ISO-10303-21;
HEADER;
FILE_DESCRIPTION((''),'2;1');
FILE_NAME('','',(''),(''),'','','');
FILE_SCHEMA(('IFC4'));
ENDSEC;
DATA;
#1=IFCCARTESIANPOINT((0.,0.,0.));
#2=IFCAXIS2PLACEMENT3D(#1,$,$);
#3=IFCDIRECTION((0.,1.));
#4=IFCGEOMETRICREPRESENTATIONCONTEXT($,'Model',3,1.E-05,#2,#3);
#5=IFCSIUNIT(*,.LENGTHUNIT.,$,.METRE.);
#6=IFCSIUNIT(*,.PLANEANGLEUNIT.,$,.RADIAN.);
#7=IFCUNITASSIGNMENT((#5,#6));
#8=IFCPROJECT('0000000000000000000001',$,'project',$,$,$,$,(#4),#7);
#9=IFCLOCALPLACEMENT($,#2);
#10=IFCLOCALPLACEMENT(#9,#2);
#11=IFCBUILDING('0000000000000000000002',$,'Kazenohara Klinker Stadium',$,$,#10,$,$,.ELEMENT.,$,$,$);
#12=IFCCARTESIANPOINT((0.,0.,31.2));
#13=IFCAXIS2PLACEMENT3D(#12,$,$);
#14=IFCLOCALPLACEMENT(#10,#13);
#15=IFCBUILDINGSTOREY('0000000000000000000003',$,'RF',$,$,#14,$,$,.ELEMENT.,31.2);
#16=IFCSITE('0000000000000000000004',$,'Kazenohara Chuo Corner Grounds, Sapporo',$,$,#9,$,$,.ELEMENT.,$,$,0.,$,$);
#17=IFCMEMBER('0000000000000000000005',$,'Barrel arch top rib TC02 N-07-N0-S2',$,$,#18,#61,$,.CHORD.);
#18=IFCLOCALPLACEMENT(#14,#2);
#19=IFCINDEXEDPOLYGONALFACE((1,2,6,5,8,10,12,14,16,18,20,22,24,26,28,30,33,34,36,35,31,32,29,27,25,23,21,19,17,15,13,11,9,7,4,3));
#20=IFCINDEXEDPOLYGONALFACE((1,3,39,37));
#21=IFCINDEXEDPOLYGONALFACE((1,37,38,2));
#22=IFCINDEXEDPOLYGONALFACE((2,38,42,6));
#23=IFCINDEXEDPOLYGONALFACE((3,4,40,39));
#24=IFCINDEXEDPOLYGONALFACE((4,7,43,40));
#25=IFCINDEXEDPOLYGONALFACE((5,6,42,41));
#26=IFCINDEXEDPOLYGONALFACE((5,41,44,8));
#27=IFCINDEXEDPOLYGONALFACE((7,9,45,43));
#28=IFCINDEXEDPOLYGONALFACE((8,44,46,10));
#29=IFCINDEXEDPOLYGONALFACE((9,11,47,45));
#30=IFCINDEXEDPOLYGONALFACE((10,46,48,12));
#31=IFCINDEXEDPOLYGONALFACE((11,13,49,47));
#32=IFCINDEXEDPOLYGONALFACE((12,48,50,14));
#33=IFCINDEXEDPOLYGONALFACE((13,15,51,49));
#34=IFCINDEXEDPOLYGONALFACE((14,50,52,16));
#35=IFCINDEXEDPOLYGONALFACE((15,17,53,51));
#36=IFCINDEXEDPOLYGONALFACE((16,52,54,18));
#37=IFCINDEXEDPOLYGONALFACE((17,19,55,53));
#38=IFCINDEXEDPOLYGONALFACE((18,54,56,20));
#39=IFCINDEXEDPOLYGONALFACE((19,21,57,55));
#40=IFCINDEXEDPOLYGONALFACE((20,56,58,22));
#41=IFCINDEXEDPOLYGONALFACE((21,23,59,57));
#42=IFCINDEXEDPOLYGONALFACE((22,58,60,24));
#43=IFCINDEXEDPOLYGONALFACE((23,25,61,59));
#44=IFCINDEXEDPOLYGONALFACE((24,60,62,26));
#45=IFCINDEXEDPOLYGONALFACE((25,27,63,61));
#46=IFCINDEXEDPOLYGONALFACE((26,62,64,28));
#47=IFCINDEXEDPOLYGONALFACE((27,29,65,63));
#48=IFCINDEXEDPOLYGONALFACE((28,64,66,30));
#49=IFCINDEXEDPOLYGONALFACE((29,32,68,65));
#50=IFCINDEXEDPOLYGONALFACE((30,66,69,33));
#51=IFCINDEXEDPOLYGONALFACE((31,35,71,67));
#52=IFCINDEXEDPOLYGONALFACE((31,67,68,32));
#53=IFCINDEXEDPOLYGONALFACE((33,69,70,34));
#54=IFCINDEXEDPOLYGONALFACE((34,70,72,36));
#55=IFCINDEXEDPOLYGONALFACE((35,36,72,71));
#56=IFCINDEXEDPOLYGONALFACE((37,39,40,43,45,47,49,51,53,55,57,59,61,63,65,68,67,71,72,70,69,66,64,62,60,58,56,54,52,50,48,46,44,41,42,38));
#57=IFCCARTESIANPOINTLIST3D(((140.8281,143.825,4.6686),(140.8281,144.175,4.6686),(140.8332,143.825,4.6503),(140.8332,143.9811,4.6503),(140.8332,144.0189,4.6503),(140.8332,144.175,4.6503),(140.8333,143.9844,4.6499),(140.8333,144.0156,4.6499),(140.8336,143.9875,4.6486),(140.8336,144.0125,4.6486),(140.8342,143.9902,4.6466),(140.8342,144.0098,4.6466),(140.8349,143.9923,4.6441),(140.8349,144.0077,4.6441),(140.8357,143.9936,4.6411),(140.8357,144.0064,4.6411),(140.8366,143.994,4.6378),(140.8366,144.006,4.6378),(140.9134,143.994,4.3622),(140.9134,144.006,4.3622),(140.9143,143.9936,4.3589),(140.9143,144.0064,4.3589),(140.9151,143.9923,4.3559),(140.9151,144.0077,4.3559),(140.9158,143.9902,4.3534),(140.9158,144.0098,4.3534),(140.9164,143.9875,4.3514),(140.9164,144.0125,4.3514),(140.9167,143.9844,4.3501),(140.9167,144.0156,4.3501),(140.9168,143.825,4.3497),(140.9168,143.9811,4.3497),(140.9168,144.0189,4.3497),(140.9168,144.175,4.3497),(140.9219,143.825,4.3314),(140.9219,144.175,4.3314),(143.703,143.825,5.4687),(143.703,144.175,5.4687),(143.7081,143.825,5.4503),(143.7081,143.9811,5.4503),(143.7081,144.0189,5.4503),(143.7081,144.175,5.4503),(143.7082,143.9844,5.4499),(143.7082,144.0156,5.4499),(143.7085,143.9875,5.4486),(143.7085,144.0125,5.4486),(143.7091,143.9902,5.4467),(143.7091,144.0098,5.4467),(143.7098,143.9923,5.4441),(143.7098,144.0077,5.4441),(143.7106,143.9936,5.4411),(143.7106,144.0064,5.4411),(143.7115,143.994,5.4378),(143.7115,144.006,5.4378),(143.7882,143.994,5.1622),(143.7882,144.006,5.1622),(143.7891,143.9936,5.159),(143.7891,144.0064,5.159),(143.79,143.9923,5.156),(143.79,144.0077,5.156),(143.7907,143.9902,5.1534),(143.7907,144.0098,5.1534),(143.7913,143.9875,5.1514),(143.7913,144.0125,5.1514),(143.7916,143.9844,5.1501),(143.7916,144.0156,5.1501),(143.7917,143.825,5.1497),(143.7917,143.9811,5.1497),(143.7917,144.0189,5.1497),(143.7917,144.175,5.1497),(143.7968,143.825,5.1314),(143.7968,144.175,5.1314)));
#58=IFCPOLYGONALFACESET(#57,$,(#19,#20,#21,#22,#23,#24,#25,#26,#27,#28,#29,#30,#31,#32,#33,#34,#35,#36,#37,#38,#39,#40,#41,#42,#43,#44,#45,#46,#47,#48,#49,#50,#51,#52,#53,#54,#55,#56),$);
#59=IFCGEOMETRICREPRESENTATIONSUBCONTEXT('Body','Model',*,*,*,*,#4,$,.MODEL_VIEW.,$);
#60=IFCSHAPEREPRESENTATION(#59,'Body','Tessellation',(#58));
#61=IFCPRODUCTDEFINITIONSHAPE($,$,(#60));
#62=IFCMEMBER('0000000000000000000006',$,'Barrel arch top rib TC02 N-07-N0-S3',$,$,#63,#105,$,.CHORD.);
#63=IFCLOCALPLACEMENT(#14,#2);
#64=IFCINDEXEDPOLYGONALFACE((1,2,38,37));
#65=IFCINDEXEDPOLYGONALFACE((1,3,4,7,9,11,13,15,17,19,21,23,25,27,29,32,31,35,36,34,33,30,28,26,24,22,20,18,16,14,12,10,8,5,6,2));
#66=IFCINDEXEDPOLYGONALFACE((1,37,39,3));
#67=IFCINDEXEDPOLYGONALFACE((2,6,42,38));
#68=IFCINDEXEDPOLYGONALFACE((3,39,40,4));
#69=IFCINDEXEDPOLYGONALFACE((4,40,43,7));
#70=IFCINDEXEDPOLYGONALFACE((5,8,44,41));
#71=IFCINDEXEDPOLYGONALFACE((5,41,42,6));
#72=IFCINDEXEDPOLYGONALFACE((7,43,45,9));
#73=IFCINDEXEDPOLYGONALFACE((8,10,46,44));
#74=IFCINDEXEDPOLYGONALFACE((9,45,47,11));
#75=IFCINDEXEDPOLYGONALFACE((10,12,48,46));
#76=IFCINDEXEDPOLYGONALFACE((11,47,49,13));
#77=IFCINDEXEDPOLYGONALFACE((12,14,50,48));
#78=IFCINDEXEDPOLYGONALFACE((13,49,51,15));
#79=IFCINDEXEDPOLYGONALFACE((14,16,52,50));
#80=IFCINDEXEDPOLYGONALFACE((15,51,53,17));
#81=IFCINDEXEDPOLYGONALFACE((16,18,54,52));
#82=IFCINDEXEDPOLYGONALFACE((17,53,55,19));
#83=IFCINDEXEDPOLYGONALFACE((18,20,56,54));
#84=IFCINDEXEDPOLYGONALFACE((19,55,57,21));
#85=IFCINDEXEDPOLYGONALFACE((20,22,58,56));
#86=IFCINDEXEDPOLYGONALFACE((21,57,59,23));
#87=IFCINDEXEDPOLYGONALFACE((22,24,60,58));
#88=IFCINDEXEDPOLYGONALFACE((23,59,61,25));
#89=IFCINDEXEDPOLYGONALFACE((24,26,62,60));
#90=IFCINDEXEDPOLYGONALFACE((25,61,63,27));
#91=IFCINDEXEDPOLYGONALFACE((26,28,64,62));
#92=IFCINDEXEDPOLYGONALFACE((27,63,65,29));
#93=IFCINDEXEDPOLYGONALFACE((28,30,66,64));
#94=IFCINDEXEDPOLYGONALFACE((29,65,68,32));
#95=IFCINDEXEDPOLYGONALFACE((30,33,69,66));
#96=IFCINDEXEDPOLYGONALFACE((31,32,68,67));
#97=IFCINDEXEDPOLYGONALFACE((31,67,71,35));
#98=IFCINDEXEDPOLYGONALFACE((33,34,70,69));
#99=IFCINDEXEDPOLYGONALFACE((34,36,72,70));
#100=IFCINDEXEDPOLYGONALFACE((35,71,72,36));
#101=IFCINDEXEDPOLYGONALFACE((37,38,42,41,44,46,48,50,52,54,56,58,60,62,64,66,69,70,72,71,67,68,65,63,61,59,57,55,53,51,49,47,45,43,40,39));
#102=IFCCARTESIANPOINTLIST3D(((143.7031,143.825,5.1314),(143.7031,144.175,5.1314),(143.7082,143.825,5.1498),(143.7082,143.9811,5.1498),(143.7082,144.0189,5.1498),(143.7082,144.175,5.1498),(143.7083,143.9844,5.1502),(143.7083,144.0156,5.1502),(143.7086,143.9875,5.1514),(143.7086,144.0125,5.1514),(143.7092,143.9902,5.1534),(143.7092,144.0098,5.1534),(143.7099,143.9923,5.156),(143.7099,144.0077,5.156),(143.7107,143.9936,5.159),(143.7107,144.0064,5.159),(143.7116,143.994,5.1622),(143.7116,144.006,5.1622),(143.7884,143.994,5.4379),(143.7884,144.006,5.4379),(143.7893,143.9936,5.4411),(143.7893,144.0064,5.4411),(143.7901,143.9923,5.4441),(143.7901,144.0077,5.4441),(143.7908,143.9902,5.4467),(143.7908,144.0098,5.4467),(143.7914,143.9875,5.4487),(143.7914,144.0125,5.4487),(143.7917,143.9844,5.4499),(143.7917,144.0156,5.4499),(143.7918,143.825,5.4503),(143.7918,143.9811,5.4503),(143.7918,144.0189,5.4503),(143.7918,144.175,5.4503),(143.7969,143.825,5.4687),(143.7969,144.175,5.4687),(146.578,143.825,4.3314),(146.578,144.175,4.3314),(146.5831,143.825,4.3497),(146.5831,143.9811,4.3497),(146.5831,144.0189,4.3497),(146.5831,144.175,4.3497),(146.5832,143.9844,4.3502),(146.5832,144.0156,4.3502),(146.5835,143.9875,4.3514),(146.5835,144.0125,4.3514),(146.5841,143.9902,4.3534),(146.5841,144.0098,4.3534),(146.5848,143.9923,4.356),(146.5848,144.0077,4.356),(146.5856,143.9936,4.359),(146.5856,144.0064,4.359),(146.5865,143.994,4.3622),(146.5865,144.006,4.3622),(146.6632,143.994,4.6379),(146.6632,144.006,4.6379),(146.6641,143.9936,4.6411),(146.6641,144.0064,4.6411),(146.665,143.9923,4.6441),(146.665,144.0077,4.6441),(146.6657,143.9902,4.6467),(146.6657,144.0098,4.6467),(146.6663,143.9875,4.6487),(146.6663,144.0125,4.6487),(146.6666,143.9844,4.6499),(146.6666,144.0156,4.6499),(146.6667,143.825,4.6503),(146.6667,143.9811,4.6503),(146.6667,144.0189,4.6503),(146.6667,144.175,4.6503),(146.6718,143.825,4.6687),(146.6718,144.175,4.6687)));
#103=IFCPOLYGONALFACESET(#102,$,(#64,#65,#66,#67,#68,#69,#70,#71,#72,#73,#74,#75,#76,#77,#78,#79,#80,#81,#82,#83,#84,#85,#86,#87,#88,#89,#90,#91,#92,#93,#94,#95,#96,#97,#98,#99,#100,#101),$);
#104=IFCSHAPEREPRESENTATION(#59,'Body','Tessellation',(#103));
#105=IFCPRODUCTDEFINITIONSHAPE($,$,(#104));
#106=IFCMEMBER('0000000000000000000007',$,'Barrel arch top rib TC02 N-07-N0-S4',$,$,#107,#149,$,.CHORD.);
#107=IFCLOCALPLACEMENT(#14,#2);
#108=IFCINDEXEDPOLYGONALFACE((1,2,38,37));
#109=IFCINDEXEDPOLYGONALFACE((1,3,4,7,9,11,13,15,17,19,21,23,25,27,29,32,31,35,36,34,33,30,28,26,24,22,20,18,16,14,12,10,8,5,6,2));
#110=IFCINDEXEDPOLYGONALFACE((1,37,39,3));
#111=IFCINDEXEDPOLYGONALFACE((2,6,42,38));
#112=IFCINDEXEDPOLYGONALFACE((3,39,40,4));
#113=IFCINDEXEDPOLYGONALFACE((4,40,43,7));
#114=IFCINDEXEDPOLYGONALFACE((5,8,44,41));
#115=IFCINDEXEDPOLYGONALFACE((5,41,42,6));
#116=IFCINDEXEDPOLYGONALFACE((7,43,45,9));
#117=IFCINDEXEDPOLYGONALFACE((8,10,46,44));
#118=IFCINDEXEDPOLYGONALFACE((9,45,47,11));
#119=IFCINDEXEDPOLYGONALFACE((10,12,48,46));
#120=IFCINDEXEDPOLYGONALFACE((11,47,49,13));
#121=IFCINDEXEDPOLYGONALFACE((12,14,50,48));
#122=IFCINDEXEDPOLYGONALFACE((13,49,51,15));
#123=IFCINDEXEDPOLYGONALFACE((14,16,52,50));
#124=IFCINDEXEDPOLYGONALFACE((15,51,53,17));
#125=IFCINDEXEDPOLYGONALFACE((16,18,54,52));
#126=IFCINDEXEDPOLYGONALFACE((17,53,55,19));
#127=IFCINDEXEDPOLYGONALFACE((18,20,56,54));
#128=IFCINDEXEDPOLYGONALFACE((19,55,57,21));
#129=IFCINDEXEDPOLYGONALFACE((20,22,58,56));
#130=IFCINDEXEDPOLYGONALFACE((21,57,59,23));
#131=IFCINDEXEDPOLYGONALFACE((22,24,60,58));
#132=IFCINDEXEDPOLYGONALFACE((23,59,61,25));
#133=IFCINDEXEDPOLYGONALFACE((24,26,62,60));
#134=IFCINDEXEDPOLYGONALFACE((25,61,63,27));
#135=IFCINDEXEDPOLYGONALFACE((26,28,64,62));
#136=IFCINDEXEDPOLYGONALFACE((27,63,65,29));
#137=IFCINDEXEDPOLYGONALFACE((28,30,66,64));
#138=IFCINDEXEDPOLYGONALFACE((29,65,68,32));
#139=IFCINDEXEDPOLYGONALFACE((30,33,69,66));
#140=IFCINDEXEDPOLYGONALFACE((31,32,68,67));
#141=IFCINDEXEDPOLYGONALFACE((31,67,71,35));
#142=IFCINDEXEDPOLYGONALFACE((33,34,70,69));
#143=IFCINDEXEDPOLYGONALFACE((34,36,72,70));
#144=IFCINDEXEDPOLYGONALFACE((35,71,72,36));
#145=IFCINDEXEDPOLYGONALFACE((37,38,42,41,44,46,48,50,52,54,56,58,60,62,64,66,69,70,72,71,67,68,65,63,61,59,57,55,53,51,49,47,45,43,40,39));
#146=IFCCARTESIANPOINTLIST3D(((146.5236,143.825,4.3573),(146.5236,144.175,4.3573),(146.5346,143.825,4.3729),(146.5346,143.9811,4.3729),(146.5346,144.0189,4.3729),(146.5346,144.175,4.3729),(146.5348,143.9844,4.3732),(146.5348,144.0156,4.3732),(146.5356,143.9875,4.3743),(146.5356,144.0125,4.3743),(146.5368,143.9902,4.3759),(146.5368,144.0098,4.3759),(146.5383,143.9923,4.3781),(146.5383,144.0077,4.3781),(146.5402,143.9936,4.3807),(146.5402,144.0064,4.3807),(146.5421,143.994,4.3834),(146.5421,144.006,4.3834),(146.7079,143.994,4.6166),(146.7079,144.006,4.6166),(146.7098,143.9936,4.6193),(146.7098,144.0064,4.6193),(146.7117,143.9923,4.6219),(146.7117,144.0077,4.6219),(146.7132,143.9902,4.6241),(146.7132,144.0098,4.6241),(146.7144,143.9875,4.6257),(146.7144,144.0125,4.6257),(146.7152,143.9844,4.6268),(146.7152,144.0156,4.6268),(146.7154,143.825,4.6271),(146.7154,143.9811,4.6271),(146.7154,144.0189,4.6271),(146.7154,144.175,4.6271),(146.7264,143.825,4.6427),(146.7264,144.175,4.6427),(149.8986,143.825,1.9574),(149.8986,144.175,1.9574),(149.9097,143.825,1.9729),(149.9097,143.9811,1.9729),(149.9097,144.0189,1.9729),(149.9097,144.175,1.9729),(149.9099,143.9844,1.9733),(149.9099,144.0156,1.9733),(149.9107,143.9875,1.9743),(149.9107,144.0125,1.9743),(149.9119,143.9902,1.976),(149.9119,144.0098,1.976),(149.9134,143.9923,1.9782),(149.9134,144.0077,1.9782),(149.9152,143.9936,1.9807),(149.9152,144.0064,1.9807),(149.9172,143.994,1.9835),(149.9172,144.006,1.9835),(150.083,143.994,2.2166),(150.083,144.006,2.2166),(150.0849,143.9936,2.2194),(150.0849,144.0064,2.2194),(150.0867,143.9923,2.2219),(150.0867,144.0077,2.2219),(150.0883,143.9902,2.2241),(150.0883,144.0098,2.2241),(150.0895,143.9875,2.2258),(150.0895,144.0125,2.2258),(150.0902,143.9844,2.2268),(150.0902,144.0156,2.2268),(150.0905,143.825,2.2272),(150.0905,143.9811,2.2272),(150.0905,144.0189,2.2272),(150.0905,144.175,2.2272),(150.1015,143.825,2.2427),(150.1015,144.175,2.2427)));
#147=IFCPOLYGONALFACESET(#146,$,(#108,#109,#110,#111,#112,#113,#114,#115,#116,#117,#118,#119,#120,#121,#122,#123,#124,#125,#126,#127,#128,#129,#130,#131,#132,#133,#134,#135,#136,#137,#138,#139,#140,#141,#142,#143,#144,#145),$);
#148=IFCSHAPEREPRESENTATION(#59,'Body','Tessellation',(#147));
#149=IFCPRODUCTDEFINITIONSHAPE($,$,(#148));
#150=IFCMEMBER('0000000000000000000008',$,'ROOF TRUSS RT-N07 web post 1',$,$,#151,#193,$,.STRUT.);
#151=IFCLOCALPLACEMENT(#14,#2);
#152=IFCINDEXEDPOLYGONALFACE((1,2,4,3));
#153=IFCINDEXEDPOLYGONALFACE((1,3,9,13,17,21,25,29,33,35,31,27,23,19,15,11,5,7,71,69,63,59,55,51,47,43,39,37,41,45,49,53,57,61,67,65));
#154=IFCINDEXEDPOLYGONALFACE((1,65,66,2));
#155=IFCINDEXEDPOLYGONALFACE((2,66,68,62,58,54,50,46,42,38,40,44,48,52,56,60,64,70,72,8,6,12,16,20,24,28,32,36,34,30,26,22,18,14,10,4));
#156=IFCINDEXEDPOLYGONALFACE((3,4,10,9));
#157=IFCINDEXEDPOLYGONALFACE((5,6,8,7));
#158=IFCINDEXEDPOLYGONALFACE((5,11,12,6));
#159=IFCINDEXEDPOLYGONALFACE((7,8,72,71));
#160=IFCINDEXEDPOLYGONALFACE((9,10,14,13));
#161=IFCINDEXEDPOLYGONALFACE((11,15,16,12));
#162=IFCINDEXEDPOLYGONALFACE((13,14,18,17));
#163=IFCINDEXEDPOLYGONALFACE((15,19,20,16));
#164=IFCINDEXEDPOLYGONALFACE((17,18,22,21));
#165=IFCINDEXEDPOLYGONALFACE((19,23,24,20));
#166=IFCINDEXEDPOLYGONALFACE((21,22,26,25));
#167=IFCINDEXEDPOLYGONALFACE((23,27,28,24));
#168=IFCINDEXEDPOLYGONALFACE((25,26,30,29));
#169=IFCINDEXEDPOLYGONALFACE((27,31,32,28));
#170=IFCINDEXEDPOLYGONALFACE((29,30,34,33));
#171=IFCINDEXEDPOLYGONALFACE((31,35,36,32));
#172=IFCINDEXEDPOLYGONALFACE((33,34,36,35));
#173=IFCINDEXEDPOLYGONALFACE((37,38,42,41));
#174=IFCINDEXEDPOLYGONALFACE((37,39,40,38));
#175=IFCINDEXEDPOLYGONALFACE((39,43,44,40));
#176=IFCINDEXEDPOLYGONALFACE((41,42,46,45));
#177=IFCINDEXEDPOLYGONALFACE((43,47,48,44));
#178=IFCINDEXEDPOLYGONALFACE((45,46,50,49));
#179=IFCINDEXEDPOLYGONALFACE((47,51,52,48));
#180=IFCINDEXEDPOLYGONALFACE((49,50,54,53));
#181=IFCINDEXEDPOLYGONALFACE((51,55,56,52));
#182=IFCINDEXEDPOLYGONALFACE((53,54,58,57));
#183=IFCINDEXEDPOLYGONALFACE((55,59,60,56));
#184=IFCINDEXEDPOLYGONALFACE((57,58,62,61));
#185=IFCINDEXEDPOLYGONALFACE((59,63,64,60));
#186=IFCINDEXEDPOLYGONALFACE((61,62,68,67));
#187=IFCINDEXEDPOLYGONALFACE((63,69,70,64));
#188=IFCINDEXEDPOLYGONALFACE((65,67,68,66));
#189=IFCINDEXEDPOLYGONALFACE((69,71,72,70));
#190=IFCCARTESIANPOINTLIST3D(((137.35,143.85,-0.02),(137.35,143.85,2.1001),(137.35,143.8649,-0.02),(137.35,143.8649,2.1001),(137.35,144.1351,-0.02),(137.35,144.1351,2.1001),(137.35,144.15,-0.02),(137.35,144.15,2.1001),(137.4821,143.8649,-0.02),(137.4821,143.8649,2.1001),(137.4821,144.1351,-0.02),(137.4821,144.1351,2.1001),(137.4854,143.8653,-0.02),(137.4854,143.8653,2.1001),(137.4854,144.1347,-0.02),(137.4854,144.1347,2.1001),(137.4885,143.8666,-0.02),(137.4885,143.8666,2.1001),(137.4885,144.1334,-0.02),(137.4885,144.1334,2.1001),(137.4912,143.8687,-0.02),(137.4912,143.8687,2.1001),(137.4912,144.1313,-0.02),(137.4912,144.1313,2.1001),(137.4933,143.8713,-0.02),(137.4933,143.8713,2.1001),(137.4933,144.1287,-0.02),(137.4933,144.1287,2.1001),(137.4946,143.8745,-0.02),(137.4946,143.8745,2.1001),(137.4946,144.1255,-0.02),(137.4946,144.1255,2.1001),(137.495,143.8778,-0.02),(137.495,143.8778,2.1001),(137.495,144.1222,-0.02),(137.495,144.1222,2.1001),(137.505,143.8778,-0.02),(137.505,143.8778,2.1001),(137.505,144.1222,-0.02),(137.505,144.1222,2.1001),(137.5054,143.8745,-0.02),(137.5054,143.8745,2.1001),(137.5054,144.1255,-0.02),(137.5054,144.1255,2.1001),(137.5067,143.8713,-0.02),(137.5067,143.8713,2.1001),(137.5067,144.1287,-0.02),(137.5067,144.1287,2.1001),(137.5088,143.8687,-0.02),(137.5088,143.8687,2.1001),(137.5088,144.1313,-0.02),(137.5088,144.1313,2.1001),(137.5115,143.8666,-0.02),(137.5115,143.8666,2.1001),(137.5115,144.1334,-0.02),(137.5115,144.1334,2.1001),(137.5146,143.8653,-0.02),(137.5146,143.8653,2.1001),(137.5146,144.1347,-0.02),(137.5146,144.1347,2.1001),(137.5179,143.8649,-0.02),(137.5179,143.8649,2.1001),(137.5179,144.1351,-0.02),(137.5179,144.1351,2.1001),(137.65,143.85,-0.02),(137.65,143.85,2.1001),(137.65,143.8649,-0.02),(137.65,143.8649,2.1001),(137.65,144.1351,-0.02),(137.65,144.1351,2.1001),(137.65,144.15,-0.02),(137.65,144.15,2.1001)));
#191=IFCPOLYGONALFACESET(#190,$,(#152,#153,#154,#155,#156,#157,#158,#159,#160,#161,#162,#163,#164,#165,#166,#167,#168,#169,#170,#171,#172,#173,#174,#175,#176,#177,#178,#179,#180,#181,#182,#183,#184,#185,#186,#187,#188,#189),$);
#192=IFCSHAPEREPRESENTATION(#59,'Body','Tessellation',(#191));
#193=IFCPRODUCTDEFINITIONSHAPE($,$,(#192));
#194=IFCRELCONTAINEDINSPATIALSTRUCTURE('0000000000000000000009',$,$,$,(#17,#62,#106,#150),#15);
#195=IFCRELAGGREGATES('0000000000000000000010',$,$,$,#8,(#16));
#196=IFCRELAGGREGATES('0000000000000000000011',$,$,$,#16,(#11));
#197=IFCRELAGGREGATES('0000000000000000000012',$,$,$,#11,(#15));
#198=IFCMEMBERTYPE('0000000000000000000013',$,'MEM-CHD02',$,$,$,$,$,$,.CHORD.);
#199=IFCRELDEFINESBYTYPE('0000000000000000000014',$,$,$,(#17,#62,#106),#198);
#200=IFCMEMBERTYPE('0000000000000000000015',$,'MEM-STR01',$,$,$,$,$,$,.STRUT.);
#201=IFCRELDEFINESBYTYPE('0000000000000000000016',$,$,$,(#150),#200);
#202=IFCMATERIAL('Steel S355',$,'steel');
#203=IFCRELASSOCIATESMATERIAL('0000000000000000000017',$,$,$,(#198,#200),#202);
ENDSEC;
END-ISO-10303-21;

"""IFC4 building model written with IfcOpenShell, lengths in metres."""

from ifc_helpers import new_model, si_unit, direction, frame, origin, origin_2d, place, context, subcontext, project, spatial, i_section, extrude, material, material_profile, profile_set, type_object, element, save


model = new_model("IFC4")

# Units and contexts
model_context = context("Model", 3, precision=1e-05, world=origin(), true_north=direction((0.0, 1.0)))
body_context = subcontext(model_context, "Body", "Model", "MODEL_VIEW")
ifc_project = project(units=[si_unit("LENGTHUNIT", "METRE"), si_unit("PLANEANGLEUNIT", "RADIAN")], contexts=[model_context])

# Site, building, storey
site_placement = place(None, origin())
site = spatial("IfcSite", under=ifc_project, at=site_placement, Name="Kazenohara Chuo Corner Grounds, Sapporo", CompositionType="ELEMENT", RefElevation=0.0)
building_placement = place(site_placement, origin())
building = spatial("IfcBuilding", under=site, at=building_placement, Name="Kazenohara Klinker Stadium", CompositionType="ELEMENT")
storey_placement = place(building_placement, frame((0.0, 0.0, 31.2)))
storey = spatial("IfcBuildingStorey", under=building, at=storey_placement, Name="RF", CompositionType="ELEMENT", Elevation=31.2)

# Members
ifc_material_1 = material(Name="Steel S355", Category="steel")
ifc_material_profile_1 = material_profile(ifc_material_1, i_section(OverallWidth=0.3501, OverallDepth=0.3501, WebThickness=0.012, FlangeThickness=0.019, FilletRadius=0.0129, at=origin_2d()), Name="H-350x350x12x19")
ifc_profile_set_1 = profile_set([ifc_material_profile_1], Name="Steel S355")
member_type_1 = type_object("IfcMemberType", Name="MEM-CHD02", PredefinedType="CHORD", material=ifc_profile_set_1)
for number, where, z_axis, x_axis, name in (
    (1, (140.875, 144.0, 4.5), (0.963394, 0.0, 0.268091), (0.0, 1.0, 0.0), "Barrel arch top rib TC02 N-07-N0-S2"),
    (2, (143.75, 144.0, 5.3), (0.963394, 0.0, -0.268091), (0.0, 1.0, 0.0), "Barrel arch top rib TC02 N-07-N0-S3"),
):
    element("IfcMember", number, at=place(storey_placement, frame(where, z_axis=z_axis, x_axis=x_axis)), inside=storey, type_object=member_type_1, Name=name, PredefinedType="CHORD", context=body_context, shape_type="SweptSolid", body=[
        extrude(i_section(OverallWidth=0.3501, OverallDepth=0.3501, WebThickness=0.012, FlangeThickness=0.019, FilletRadius=0.0129, at=origin_2d()), origin(), (0.0, 0.0, 1.0), 2.9841),
    ])
member_1_placement = place(storey_placement, frame((146.625, 144.0, 4.5), z_axis=(0.814966, 0.0, -0.579508), x_axis=(0.0, 1.0, 0.0)))
element("IfcMember", 3, at=member_1_placement, inside=storey, type_object=member_type_1, Name="Barrel arch top rib TC02 N-07-N0-S4", PredefinedType="CHORD", context=body_context, shape_type="SweptSolid", body=[
    extrude(i_section(OverallWidth=0.3501, OverallDepth=0.3501, WebThickness=0.012, FlangeThickness=0.019, FilletRadius=0.0129, at=origin_2d()), origin(), (0.0, 0.0, 1.0), 4.1414),
])
ifc_material_profile_2 = material_profile(ifc_material_1, i_section(OverallWidth=0.3, OverallDepth=0.3, WebThickness=0.01, FlangeThickness=0.0149, FilletRadius=0.0129, at=origin_2d()), Name="H-300x300x10x15")
ifc_profile_set_2 = profile_set([ifc_material_profile_2], Name="Steel S355")
member_type_2 = type_object("IfcMemberType", Name="MEM-STR01", PredefinedType="STRUT", material=ifc_profile_set_2)
member_2_placement = place(storey_placement, frame((137.5, 144.0, -0.02), z_axis=(0.0, 0.0, 1.0), x_axis=(1.0, 0.0, 0.0)))
element("IfcMember", 4, at=member_2_placement, inside=storey, type_object=member_type_2, Name="ROOF TRUSS RT-N07 web post 1", PredefinedType="STRUT", context=body_context, shape_type="SweptSolid", body=[
    extrude(i_section(OverallWidth=0.3, OverallDepth=0.3, WebThickness=0.01, FlangeThickness=0.0149, FilletRadius=0.0129, at=origin_2d()), origin(), (0.0, 0.0, 1.0), 2.1201),
])

save(model, "model.ifc")
